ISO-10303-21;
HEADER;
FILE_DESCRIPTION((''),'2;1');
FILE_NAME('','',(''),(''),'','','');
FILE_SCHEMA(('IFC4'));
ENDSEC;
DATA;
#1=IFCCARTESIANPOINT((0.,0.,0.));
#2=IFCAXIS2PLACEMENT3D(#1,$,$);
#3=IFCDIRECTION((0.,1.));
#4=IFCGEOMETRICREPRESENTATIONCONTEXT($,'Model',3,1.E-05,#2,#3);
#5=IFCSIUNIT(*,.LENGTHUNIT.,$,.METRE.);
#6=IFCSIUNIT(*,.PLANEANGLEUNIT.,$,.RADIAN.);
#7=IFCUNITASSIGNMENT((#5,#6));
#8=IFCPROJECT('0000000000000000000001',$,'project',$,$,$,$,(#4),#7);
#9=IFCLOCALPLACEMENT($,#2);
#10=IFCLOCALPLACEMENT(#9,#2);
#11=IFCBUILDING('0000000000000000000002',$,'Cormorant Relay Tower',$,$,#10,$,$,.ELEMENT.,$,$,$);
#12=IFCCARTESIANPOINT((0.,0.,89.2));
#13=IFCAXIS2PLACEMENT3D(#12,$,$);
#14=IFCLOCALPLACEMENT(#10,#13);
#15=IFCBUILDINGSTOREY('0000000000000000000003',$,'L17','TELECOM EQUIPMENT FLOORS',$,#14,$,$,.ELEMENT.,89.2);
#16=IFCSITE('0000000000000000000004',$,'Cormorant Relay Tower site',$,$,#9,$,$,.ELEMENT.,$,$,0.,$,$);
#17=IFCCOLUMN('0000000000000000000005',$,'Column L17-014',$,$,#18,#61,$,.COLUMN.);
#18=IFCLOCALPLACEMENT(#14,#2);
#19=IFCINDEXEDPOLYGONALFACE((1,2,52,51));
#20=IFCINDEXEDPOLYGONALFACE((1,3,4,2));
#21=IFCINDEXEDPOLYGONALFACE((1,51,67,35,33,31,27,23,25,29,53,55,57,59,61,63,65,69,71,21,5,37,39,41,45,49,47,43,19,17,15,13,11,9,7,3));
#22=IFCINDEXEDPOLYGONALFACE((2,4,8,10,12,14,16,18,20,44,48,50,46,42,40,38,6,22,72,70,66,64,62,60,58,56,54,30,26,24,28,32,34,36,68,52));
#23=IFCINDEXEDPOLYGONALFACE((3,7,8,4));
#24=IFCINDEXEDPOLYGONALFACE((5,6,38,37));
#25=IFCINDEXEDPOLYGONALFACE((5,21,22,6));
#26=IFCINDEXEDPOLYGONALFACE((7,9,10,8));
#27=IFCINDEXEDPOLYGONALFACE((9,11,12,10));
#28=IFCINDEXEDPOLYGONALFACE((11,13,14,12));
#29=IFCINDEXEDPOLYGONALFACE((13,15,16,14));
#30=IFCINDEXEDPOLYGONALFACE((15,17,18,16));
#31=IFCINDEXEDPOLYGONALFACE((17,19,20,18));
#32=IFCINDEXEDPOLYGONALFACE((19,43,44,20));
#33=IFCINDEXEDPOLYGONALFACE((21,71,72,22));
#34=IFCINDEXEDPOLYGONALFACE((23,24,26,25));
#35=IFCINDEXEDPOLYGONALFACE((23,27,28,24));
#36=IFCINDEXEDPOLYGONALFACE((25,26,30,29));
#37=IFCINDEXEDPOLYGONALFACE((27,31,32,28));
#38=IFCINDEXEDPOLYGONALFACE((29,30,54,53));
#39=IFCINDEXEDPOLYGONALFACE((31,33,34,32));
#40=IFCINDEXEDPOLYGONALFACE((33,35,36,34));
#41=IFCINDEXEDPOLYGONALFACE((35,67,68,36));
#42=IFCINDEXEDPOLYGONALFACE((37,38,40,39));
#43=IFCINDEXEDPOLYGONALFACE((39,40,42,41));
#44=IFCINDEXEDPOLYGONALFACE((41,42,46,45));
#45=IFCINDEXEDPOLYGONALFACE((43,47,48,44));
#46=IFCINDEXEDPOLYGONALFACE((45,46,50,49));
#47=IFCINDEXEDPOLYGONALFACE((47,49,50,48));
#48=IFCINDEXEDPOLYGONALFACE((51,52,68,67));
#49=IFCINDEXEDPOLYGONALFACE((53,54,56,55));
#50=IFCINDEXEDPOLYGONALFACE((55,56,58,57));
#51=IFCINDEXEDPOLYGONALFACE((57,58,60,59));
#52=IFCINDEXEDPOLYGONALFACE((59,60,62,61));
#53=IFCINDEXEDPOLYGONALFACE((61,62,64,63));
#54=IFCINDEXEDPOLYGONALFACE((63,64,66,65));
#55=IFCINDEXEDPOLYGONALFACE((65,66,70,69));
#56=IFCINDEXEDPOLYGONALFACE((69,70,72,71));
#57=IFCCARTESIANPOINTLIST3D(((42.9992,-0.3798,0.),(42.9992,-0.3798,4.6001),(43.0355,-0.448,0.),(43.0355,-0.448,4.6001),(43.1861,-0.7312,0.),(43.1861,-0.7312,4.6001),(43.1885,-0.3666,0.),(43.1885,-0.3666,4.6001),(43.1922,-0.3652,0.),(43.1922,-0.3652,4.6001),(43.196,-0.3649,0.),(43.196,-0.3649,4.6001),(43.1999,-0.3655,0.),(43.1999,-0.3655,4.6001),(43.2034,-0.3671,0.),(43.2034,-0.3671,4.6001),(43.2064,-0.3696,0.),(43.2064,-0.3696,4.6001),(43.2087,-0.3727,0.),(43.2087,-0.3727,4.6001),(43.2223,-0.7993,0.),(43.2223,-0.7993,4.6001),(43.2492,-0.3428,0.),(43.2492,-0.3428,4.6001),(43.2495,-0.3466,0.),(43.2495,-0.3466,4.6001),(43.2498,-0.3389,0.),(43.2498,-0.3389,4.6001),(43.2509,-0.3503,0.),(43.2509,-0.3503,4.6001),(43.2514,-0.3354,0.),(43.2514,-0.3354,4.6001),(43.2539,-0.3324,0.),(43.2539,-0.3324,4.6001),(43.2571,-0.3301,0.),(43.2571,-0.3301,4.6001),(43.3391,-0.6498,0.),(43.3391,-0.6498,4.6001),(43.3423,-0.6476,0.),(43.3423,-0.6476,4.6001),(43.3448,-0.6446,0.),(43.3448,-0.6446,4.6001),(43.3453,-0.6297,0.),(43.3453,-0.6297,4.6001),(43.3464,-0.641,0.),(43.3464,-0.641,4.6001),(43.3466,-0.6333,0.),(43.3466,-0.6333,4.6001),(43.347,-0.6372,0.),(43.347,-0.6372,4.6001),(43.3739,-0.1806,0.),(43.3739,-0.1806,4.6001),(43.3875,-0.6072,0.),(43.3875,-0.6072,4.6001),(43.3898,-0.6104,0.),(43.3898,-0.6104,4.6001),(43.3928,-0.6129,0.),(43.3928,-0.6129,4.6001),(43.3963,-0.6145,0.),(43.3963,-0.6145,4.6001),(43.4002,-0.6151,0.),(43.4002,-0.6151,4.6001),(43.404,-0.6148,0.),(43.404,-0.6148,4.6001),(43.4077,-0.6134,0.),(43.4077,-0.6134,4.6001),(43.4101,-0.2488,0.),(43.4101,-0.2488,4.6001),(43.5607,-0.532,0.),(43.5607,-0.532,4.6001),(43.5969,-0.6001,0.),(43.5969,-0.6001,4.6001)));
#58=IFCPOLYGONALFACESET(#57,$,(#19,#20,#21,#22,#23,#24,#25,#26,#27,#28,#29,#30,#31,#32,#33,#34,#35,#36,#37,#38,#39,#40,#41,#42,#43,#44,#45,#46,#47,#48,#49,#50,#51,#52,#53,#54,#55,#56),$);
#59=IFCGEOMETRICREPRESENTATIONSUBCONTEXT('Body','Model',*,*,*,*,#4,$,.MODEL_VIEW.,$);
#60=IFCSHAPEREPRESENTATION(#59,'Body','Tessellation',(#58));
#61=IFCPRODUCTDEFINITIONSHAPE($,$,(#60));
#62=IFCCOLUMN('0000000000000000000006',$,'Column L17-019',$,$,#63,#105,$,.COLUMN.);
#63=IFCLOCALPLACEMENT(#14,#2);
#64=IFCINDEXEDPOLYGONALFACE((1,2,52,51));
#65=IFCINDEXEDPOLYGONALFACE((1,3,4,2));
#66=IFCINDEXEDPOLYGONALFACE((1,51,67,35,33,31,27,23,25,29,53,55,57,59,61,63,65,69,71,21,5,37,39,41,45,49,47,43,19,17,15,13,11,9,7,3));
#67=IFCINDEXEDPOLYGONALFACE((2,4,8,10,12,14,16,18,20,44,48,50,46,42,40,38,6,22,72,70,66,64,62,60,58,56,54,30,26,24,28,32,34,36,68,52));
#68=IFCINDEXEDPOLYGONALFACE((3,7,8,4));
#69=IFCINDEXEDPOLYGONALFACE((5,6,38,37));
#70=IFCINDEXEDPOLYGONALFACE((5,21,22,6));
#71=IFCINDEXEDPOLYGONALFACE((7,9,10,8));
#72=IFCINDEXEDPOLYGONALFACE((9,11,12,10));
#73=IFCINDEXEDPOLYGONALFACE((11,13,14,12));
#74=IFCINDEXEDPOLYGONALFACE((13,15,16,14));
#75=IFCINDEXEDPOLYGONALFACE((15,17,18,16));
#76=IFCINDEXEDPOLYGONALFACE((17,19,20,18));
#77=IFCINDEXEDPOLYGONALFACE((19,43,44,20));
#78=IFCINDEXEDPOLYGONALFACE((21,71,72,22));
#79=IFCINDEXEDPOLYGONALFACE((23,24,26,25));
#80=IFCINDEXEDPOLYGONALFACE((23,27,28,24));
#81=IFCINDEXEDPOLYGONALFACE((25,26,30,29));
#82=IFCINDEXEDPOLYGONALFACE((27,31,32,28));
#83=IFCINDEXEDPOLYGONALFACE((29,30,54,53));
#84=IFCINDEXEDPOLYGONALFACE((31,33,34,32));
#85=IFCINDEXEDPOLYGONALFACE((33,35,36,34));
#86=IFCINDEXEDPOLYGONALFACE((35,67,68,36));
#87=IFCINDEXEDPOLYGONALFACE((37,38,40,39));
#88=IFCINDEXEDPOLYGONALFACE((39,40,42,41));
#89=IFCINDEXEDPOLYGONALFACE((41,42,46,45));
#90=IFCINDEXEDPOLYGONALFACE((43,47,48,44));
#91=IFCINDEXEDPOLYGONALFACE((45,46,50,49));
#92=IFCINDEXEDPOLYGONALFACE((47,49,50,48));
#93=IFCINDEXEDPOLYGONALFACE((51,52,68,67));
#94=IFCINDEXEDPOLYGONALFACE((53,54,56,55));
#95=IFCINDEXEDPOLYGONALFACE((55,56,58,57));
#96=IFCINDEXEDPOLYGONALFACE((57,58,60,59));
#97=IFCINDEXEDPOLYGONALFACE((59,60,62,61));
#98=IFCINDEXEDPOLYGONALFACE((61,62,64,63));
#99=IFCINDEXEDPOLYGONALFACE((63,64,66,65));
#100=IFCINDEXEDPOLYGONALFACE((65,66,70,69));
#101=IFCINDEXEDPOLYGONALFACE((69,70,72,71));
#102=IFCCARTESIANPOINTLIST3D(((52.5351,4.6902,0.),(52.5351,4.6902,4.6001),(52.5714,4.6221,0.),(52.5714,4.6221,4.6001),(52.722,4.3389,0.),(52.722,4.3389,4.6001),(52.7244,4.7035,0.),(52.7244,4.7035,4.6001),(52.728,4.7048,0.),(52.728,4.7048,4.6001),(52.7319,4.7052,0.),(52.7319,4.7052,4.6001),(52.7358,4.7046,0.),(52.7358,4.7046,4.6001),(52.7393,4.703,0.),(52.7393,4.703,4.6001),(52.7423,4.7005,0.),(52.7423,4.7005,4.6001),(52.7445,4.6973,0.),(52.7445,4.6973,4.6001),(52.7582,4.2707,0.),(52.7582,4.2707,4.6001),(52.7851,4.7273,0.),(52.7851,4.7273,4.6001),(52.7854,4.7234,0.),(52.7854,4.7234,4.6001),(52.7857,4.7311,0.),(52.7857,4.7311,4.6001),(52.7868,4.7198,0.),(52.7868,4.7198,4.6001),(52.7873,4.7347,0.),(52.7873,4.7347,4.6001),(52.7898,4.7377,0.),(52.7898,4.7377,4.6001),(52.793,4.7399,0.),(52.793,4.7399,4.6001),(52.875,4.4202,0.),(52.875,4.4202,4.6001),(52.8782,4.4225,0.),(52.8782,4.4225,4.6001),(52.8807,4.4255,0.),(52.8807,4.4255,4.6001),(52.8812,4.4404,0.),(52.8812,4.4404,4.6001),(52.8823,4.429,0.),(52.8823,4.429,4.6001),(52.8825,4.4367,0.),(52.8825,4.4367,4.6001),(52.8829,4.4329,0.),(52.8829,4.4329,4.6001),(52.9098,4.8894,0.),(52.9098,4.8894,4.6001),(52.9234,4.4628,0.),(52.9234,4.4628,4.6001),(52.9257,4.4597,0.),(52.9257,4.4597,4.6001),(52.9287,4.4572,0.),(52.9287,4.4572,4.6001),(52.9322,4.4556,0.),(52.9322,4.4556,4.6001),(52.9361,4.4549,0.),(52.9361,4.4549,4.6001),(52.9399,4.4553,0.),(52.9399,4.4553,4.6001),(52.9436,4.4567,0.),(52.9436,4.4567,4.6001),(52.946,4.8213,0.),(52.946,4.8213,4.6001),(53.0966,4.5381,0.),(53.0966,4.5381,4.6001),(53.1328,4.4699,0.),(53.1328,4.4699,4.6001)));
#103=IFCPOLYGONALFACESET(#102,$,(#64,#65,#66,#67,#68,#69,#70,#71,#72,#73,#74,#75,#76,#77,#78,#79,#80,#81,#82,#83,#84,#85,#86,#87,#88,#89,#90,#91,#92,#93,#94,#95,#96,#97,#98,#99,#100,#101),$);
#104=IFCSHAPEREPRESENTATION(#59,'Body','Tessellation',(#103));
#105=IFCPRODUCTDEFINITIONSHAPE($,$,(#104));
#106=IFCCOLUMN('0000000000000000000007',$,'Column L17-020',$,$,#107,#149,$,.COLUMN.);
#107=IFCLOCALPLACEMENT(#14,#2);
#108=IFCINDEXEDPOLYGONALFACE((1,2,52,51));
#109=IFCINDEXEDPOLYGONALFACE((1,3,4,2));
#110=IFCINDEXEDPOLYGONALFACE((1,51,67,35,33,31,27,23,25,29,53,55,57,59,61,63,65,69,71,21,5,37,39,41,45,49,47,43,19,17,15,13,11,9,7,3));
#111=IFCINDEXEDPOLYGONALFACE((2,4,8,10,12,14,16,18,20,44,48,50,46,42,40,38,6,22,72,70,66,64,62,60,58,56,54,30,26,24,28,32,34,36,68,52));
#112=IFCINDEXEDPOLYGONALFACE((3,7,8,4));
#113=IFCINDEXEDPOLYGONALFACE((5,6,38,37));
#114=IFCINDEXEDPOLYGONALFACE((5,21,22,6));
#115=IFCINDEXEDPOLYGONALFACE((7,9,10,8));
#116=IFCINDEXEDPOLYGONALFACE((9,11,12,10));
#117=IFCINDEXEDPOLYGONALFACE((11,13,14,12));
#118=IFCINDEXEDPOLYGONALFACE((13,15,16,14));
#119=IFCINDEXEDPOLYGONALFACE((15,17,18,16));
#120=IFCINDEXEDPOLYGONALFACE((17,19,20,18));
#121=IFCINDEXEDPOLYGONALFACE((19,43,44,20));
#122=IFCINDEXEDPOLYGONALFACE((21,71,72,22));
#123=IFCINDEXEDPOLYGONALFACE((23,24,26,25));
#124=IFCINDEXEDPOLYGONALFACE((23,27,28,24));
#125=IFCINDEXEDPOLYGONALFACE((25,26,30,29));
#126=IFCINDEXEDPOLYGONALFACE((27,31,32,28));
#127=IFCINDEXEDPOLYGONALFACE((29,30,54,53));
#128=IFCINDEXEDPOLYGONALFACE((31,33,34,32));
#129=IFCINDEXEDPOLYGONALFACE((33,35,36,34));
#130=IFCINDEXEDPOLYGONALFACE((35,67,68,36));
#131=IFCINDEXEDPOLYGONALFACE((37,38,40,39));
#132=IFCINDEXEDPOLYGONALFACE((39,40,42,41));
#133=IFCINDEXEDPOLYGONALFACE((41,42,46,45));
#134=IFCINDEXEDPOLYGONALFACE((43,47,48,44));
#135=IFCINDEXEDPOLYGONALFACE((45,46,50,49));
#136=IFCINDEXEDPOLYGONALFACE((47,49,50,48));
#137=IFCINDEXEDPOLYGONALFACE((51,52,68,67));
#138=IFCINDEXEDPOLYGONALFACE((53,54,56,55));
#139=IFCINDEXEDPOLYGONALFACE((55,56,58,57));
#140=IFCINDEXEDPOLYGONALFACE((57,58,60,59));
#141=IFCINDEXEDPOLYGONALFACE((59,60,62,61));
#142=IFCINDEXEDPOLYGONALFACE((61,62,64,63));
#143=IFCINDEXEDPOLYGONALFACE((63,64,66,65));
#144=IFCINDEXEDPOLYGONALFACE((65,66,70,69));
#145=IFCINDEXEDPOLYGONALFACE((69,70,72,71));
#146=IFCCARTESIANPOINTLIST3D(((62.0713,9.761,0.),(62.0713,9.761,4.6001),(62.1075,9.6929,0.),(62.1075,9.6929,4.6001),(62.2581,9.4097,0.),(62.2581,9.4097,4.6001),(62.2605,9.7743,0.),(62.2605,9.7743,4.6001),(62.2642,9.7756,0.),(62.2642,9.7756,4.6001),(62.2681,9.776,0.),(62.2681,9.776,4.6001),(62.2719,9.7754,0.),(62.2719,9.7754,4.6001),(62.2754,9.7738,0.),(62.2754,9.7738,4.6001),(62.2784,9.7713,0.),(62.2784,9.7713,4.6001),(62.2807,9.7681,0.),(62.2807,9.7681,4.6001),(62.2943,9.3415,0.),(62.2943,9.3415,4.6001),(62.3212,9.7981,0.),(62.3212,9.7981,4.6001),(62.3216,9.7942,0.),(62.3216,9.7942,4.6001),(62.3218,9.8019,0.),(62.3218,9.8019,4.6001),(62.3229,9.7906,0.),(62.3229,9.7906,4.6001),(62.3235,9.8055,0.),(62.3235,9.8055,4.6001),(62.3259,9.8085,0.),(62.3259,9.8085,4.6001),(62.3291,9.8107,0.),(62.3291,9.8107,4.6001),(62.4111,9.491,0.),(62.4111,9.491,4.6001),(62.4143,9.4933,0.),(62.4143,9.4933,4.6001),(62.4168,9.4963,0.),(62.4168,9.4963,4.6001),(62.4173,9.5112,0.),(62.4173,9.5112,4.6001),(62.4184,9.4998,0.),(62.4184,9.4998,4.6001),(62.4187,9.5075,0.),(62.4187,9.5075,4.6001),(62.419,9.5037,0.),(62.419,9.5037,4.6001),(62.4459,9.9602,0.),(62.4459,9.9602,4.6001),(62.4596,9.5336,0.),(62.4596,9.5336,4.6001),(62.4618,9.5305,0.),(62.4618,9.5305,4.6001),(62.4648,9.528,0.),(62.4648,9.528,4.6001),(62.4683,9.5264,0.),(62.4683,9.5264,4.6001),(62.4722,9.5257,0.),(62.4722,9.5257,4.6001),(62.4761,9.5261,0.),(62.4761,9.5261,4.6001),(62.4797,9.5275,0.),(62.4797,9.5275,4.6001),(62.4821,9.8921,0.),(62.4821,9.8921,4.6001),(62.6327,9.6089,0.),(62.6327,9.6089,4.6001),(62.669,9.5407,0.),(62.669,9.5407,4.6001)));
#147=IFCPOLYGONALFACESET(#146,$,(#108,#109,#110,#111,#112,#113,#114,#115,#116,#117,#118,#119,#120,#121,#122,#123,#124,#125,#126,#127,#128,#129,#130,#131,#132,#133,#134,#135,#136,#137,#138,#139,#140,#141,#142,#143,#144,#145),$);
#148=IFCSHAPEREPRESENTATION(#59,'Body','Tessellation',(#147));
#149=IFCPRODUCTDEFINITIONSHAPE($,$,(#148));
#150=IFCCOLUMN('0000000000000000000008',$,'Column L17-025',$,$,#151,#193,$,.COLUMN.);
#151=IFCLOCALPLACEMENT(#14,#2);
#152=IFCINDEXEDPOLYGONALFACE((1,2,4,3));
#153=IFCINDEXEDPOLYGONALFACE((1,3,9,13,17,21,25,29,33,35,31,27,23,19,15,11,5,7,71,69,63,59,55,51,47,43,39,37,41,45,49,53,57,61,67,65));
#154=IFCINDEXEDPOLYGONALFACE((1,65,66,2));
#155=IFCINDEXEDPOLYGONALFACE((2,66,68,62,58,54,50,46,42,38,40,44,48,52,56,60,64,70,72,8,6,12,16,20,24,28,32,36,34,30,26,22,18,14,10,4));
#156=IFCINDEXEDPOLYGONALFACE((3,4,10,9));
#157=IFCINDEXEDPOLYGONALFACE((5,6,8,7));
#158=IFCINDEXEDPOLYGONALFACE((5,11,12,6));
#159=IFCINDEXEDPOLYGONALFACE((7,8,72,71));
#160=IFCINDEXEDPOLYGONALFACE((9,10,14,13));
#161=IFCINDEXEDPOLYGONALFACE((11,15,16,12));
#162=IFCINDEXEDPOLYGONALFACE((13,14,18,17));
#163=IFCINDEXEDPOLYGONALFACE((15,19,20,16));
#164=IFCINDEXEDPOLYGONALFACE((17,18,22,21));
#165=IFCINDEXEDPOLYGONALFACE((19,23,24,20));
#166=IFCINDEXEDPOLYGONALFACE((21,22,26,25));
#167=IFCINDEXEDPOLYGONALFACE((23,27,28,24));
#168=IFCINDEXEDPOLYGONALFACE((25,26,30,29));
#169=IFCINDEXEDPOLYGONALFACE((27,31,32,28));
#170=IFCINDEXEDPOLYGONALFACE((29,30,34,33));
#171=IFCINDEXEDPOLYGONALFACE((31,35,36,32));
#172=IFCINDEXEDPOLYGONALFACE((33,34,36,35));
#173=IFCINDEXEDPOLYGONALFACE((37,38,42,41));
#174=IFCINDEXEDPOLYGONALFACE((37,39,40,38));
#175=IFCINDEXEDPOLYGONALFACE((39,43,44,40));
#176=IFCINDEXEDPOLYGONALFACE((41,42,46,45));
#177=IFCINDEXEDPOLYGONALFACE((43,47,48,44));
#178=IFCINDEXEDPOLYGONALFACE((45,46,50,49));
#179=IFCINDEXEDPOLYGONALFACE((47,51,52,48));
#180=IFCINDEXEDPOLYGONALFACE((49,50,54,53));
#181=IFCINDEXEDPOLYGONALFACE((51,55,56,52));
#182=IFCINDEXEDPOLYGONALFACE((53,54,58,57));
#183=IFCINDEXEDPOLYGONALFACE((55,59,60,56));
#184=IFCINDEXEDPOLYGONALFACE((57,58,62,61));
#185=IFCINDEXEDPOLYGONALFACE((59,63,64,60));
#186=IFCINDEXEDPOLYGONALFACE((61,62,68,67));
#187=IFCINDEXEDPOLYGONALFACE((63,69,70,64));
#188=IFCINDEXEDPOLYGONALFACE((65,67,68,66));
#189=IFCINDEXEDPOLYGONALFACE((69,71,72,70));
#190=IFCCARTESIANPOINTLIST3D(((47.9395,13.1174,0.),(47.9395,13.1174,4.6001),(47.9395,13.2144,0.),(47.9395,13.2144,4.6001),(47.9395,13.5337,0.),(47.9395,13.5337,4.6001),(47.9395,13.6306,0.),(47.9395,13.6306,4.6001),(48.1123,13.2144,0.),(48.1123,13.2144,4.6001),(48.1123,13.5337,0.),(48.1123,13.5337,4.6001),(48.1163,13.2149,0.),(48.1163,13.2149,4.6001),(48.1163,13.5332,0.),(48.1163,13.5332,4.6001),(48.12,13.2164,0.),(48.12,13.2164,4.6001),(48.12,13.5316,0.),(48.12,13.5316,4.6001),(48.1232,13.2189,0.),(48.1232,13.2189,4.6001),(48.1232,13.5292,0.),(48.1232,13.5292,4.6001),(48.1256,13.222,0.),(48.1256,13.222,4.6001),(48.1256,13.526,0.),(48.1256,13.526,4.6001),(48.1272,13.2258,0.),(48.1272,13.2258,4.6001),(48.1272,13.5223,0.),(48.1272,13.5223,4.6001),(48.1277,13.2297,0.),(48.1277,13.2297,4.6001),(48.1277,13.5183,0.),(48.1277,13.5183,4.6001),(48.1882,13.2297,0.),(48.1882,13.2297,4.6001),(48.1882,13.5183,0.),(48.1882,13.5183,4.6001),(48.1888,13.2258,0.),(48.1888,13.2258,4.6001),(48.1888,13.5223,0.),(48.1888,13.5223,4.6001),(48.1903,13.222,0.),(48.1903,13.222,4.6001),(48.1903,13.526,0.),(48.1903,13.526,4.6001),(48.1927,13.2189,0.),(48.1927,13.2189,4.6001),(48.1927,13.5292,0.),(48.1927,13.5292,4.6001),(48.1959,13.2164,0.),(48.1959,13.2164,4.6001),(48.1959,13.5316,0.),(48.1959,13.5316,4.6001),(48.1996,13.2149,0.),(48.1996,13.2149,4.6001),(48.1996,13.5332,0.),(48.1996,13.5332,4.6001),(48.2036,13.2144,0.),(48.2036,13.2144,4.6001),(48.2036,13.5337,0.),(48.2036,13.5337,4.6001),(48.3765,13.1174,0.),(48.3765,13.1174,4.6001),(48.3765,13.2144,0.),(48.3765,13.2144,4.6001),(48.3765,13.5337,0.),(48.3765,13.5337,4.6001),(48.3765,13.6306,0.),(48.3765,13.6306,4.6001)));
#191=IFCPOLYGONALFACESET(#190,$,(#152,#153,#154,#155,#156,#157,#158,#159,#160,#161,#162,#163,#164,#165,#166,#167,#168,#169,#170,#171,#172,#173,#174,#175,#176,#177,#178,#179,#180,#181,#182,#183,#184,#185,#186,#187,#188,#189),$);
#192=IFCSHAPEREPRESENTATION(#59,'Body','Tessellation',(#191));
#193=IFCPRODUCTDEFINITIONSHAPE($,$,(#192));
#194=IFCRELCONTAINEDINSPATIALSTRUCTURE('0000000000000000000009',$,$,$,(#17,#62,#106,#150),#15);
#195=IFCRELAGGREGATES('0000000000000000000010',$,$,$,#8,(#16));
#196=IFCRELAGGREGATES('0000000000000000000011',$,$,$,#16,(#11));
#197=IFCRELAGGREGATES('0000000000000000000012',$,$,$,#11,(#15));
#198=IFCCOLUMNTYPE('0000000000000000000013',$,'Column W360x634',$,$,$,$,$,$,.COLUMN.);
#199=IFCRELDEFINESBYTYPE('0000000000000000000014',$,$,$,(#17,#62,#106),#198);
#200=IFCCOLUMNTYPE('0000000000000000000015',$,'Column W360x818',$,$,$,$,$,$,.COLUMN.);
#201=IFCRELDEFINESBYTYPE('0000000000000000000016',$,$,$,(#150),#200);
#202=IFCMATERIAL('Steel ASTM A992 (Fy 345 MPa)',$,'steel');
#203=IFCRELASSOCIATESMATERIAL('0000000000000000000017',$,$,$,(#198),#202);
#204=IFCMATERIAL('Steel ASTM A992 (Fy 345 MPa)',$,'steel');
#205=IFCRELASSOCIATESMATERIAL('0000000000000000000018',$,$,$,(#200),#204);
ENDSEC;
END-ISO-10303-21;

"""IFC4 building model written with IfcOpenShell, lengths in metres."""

from ifc_helpers import new_model, si_unit, direction, frame, origin, origin_2d, place, context, subcontext, project, spatial, i_section, extrude, material, material_profile, profile_set, type_object, element, save


model = new_model("IFC4")

# Units and contexts
model_context = context("Model", 3, precision=1e-05, world=origin(), true_north=direction((0.0, 1.0)))
body_context = subcontext(model_context, "Body", "Model", "MODEL_VIEW")
ifc_project = project(units=[si_unit("LENGTHUNIT", "METRE"), si_unit("PLANEANGLEUNIT", "RADIAN")], contexts=[model_context])

# Site, building, storey
site_placement = place(None, origin())
site = spatial("IfcSite", under=ifc_project, at=site_placement, Name="Cormorant Relay Tower site", CompositionType="ELEMENT", RefElevation=0.0)
building_placement = place(site_placement, origin())
building = spatial("IfcBuilding", under=site, at=building_placement, Name="Cormorant Relay Tower", CompositionType="ELEMENT")
storey_placement = place(building_placement, frame((0.0, 0.0, 89.2)))
storey = spatial("IfcBuildingStorey", under=building, at=storey_placement, Name="L17", Description="TELECOM EQUIPMENT FLOORS", CompositionType="ELEMENT", Elevation=89.2)

# Columns
ifc_material_1 = material(Name="Steel ASTM A992 (Fy 345 MPa)", Category="steel")
ifc_material_profile_1 = material_profile(ifc_material_1, i_section(OverallWidth=0.4243, OverallDepth=0.4751, WebThickness=0.0479, FlangeThickness=0.0771, FilletRadius=0.0149, at=origin_2d()), Name="W360x634")
ifc_profile_set_1 = profile_set([ifc_material_profile_1], Name="Steel ASTM A992 (Fy 345 MPa)")
column_type_1 = type_object("IfcColumnType", Name="Column W360x634", PredefinedType="COLUMN", material=ifc_profile_set_1)
for number, where, z_axis, x_axis, name in (
    (1, (43.2981, -0.49, 0.0), (0.0, 0.0, 1.0), (0.882948, 0.469472, 0.0), "Column L17-014"),
    (2, (52.834, 4.5801, 0.0), (0.0, 0.0, 1.0), (0.882948, 0.469472, 0.0), "Column L17-019"),
    (3, (62.3701, 9.6509, 0.0), (0.0, 0.0, 1.0), (0.882948, 0.469472, 0.0), "Column L17-020"),
):
    element("IfcColumn", number, at=place(storey_placement, frame(where, z_axis=z_axis, x_axis=x_axis)), inside=storey, type_object=column_type_1, Name=name, PredefinedType="COLUMN", context=body_context, shape_type="SweptSolid", body=[
        extrude(i_section(OverallWidth=0.4243, OverallDepth=0.4751, WebThickness=0.0479, FlangeThickness=0.0771, FilletRadius=0.0149, at=origin_2d()), origin(), (0.0, 0.0, 1.0), 4.6001),
    ])
ifc_material_2 = material(Name="Steel ASTM A992 (Fy 345 MPa)", Category="steel")
ifc_material_profile_2 = material_profile(ifc_material_2, i_section(OverallWidth=0.437, OverallDepth=0.5132, WebThickness=0.0605, FlangeThickness=0.0969, FilletRadius=0.0154, at=origin_2d()), Name="W360x818")
ifc_profile_set_2 = profile_set([ifc_material_profile_2], Name="Steel ASTM A992 (Fy 345 MPa)")
column_type_2 = type_object("IfcColumnType", Name="Column W360x818", PredefinedType="COLUMN", material=ifc_profile_set_2)
for number, where, z_axis, x_axis, name in (
    (4, (48.158, 13.374, 0.0), (0.0, 0.0, 1.0), (1.0, 0.0, 0.0), "Column L17-025"),
):
    element("IfcColumn", number, at=place(storey_placement, frame(where, z_axis=z_axis, x_axis=x_axis)), inside=storey, type_object=column_type_2, Name=name, PredefinedType="COLUMN", context=body_context, shape_type="SweptSolid", body=[
        extrude(i_section(OverallWidth=0.437, OverallDepth=0.5132, WebThickness=0.0605, FlangeThickness=0.0969, FilletRadius=0.0154, at=origin_2d()), origin(), (0.0, 0.0, 1.0), 4.6001),
    ])

save(model, "model.ifc")
